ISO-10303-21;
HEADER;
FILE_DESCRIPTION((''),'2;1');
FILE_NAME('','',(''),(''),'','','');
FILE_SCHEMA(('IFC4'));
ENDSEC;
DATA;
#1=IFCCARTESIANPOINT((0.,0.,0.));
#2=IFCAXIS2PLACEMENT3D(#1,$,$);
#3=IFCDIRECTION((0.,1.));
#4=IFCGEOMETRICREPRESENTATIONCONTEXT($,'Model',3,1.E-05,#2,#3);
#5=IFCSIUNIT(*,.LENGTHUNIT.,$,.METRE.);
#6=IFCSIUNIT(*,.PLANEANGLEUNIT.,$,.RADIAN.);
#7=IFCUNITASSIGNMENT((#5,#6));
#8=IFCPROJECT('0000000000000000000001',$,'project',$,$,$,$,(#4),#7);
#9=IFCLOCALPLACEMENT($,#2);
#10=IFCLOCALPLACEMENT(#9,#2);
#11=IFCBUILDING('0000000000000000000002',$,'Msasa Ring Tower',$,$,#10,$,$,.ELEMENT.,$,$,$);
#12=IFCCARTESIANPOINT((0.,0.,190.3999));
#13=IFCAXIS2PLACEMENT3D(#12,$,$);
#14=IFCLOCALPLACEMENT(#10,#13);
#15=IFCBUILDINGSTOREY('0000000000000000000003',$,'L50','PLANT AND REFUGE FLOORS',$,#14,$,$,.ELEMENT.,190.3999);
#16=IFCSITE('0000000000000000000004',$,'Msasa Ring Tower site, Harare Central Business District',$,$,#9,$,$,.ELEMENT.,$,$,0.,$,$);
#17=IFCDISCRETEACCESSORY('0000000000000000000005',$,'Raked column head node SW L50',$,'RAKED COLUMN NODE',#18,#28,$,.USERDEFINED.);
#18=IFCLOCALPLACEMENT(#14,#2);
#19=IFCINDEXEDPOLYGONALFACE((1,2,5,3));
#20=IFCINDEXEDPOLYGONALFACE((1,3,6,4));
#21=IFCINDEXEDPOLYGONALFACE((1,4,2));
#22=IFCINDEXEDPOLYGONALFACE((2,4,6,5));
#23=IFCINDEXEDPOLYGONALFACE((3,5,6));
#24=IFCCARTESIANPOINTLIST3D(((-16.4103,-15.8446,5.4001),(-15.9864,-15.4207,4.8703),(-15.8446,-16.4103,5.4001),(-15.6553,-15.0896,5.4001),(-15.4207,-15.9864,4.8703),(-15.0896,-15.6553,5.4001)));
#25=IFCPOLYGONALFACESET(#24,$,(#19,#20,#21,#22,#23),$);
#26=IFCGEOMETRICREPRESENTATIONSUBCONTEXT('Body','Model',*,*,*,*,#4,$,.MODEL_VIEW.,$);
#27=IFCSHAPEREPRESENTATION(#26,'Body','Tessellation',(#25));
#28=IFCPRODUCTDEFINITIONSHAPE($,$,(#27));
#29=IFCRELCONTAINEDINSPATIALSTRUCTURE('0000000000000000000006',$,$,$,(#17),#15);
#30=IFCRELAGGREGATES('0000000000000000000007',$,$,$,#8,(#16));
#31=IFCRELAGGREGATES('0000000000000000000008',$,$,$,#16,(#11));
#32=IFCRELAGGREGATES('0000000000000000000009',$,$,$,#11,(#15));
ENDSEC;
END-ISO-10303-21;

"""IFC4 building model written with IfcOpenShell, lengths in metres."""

from ifc_helpers import new_model, si_unit, direction, frame, origin, origin_2d, place, context, subcontext, project, spatial, rectangle, extrude, clip, halfspace, element, save


model = new_model("IFC4")

# Units and contexts
model_context = context("Model", 3, precision=1e-05, world=origin(), true_north=direction((0.0, 1.0)))
body_context = subcontext(model_context, "Body", "Model", "MODEL_VIEW")
ifc_project = project(units=[si_unit("LENGTHUNIT", "METRE"), si_unit("PLANEANGLEUNIT", "RADIAN")], contexts=[model_context])

# Site, building, storey
site_placement = place(None, origin())
site = spatial("IfcSite", under=ifc_project, at=site_placement, Name="Msasa Ring Tower site, Harare Central Business District", CompositionType="ELEMENT", RefElevation=0.0)
building_placement = place(site_placement, origin())
building = spatial("IfcBuilding", under=site, at=building_placement, Name="Msasa Ring Tower", CompositionType="ELEMENT")
storey_placement = place(building_placement, frame((0.0, 0.0, 190.3999)))
storey = spatial("IfcBuildingStorey", under=building, at=storey_placement, Name="L50", Description="PLANT AND REFUGE FLOORS", CompositionType="ELEMENT", Elevation=190.3999)

# Discrete accessory
discrete_accessory_1_placement = place(storey_placement, frame((-15.75, -15.75, 5.4001)))
element("IfcDiscreteAccessory", 1, at=discrete_accessory_1_placement, inside=storey, Name="Raked column head node SW L50", ObjectType="RAKED COLUMN NODE", PredefinedType="USERDEFINED", context=body_context, shape_type="Clipping", body=[
    clip(extrude(rectangle(XDim=0.8, YDim=0.8, at=origin_2d()), frame((-0.1655, -0.1655, -0.2649), z_axis=(0.468293, 0.468293, 0.749269), x_axis=(-0.707107, 0.707107, 0.0)), (0.0, 0.0, 1.0), 0.7073), halfspace(frame((0.0, 0.0, 0.0), z_axis=(0.0, 0.0, -1.0)), True)),
])

save(model, "model.ifc")
